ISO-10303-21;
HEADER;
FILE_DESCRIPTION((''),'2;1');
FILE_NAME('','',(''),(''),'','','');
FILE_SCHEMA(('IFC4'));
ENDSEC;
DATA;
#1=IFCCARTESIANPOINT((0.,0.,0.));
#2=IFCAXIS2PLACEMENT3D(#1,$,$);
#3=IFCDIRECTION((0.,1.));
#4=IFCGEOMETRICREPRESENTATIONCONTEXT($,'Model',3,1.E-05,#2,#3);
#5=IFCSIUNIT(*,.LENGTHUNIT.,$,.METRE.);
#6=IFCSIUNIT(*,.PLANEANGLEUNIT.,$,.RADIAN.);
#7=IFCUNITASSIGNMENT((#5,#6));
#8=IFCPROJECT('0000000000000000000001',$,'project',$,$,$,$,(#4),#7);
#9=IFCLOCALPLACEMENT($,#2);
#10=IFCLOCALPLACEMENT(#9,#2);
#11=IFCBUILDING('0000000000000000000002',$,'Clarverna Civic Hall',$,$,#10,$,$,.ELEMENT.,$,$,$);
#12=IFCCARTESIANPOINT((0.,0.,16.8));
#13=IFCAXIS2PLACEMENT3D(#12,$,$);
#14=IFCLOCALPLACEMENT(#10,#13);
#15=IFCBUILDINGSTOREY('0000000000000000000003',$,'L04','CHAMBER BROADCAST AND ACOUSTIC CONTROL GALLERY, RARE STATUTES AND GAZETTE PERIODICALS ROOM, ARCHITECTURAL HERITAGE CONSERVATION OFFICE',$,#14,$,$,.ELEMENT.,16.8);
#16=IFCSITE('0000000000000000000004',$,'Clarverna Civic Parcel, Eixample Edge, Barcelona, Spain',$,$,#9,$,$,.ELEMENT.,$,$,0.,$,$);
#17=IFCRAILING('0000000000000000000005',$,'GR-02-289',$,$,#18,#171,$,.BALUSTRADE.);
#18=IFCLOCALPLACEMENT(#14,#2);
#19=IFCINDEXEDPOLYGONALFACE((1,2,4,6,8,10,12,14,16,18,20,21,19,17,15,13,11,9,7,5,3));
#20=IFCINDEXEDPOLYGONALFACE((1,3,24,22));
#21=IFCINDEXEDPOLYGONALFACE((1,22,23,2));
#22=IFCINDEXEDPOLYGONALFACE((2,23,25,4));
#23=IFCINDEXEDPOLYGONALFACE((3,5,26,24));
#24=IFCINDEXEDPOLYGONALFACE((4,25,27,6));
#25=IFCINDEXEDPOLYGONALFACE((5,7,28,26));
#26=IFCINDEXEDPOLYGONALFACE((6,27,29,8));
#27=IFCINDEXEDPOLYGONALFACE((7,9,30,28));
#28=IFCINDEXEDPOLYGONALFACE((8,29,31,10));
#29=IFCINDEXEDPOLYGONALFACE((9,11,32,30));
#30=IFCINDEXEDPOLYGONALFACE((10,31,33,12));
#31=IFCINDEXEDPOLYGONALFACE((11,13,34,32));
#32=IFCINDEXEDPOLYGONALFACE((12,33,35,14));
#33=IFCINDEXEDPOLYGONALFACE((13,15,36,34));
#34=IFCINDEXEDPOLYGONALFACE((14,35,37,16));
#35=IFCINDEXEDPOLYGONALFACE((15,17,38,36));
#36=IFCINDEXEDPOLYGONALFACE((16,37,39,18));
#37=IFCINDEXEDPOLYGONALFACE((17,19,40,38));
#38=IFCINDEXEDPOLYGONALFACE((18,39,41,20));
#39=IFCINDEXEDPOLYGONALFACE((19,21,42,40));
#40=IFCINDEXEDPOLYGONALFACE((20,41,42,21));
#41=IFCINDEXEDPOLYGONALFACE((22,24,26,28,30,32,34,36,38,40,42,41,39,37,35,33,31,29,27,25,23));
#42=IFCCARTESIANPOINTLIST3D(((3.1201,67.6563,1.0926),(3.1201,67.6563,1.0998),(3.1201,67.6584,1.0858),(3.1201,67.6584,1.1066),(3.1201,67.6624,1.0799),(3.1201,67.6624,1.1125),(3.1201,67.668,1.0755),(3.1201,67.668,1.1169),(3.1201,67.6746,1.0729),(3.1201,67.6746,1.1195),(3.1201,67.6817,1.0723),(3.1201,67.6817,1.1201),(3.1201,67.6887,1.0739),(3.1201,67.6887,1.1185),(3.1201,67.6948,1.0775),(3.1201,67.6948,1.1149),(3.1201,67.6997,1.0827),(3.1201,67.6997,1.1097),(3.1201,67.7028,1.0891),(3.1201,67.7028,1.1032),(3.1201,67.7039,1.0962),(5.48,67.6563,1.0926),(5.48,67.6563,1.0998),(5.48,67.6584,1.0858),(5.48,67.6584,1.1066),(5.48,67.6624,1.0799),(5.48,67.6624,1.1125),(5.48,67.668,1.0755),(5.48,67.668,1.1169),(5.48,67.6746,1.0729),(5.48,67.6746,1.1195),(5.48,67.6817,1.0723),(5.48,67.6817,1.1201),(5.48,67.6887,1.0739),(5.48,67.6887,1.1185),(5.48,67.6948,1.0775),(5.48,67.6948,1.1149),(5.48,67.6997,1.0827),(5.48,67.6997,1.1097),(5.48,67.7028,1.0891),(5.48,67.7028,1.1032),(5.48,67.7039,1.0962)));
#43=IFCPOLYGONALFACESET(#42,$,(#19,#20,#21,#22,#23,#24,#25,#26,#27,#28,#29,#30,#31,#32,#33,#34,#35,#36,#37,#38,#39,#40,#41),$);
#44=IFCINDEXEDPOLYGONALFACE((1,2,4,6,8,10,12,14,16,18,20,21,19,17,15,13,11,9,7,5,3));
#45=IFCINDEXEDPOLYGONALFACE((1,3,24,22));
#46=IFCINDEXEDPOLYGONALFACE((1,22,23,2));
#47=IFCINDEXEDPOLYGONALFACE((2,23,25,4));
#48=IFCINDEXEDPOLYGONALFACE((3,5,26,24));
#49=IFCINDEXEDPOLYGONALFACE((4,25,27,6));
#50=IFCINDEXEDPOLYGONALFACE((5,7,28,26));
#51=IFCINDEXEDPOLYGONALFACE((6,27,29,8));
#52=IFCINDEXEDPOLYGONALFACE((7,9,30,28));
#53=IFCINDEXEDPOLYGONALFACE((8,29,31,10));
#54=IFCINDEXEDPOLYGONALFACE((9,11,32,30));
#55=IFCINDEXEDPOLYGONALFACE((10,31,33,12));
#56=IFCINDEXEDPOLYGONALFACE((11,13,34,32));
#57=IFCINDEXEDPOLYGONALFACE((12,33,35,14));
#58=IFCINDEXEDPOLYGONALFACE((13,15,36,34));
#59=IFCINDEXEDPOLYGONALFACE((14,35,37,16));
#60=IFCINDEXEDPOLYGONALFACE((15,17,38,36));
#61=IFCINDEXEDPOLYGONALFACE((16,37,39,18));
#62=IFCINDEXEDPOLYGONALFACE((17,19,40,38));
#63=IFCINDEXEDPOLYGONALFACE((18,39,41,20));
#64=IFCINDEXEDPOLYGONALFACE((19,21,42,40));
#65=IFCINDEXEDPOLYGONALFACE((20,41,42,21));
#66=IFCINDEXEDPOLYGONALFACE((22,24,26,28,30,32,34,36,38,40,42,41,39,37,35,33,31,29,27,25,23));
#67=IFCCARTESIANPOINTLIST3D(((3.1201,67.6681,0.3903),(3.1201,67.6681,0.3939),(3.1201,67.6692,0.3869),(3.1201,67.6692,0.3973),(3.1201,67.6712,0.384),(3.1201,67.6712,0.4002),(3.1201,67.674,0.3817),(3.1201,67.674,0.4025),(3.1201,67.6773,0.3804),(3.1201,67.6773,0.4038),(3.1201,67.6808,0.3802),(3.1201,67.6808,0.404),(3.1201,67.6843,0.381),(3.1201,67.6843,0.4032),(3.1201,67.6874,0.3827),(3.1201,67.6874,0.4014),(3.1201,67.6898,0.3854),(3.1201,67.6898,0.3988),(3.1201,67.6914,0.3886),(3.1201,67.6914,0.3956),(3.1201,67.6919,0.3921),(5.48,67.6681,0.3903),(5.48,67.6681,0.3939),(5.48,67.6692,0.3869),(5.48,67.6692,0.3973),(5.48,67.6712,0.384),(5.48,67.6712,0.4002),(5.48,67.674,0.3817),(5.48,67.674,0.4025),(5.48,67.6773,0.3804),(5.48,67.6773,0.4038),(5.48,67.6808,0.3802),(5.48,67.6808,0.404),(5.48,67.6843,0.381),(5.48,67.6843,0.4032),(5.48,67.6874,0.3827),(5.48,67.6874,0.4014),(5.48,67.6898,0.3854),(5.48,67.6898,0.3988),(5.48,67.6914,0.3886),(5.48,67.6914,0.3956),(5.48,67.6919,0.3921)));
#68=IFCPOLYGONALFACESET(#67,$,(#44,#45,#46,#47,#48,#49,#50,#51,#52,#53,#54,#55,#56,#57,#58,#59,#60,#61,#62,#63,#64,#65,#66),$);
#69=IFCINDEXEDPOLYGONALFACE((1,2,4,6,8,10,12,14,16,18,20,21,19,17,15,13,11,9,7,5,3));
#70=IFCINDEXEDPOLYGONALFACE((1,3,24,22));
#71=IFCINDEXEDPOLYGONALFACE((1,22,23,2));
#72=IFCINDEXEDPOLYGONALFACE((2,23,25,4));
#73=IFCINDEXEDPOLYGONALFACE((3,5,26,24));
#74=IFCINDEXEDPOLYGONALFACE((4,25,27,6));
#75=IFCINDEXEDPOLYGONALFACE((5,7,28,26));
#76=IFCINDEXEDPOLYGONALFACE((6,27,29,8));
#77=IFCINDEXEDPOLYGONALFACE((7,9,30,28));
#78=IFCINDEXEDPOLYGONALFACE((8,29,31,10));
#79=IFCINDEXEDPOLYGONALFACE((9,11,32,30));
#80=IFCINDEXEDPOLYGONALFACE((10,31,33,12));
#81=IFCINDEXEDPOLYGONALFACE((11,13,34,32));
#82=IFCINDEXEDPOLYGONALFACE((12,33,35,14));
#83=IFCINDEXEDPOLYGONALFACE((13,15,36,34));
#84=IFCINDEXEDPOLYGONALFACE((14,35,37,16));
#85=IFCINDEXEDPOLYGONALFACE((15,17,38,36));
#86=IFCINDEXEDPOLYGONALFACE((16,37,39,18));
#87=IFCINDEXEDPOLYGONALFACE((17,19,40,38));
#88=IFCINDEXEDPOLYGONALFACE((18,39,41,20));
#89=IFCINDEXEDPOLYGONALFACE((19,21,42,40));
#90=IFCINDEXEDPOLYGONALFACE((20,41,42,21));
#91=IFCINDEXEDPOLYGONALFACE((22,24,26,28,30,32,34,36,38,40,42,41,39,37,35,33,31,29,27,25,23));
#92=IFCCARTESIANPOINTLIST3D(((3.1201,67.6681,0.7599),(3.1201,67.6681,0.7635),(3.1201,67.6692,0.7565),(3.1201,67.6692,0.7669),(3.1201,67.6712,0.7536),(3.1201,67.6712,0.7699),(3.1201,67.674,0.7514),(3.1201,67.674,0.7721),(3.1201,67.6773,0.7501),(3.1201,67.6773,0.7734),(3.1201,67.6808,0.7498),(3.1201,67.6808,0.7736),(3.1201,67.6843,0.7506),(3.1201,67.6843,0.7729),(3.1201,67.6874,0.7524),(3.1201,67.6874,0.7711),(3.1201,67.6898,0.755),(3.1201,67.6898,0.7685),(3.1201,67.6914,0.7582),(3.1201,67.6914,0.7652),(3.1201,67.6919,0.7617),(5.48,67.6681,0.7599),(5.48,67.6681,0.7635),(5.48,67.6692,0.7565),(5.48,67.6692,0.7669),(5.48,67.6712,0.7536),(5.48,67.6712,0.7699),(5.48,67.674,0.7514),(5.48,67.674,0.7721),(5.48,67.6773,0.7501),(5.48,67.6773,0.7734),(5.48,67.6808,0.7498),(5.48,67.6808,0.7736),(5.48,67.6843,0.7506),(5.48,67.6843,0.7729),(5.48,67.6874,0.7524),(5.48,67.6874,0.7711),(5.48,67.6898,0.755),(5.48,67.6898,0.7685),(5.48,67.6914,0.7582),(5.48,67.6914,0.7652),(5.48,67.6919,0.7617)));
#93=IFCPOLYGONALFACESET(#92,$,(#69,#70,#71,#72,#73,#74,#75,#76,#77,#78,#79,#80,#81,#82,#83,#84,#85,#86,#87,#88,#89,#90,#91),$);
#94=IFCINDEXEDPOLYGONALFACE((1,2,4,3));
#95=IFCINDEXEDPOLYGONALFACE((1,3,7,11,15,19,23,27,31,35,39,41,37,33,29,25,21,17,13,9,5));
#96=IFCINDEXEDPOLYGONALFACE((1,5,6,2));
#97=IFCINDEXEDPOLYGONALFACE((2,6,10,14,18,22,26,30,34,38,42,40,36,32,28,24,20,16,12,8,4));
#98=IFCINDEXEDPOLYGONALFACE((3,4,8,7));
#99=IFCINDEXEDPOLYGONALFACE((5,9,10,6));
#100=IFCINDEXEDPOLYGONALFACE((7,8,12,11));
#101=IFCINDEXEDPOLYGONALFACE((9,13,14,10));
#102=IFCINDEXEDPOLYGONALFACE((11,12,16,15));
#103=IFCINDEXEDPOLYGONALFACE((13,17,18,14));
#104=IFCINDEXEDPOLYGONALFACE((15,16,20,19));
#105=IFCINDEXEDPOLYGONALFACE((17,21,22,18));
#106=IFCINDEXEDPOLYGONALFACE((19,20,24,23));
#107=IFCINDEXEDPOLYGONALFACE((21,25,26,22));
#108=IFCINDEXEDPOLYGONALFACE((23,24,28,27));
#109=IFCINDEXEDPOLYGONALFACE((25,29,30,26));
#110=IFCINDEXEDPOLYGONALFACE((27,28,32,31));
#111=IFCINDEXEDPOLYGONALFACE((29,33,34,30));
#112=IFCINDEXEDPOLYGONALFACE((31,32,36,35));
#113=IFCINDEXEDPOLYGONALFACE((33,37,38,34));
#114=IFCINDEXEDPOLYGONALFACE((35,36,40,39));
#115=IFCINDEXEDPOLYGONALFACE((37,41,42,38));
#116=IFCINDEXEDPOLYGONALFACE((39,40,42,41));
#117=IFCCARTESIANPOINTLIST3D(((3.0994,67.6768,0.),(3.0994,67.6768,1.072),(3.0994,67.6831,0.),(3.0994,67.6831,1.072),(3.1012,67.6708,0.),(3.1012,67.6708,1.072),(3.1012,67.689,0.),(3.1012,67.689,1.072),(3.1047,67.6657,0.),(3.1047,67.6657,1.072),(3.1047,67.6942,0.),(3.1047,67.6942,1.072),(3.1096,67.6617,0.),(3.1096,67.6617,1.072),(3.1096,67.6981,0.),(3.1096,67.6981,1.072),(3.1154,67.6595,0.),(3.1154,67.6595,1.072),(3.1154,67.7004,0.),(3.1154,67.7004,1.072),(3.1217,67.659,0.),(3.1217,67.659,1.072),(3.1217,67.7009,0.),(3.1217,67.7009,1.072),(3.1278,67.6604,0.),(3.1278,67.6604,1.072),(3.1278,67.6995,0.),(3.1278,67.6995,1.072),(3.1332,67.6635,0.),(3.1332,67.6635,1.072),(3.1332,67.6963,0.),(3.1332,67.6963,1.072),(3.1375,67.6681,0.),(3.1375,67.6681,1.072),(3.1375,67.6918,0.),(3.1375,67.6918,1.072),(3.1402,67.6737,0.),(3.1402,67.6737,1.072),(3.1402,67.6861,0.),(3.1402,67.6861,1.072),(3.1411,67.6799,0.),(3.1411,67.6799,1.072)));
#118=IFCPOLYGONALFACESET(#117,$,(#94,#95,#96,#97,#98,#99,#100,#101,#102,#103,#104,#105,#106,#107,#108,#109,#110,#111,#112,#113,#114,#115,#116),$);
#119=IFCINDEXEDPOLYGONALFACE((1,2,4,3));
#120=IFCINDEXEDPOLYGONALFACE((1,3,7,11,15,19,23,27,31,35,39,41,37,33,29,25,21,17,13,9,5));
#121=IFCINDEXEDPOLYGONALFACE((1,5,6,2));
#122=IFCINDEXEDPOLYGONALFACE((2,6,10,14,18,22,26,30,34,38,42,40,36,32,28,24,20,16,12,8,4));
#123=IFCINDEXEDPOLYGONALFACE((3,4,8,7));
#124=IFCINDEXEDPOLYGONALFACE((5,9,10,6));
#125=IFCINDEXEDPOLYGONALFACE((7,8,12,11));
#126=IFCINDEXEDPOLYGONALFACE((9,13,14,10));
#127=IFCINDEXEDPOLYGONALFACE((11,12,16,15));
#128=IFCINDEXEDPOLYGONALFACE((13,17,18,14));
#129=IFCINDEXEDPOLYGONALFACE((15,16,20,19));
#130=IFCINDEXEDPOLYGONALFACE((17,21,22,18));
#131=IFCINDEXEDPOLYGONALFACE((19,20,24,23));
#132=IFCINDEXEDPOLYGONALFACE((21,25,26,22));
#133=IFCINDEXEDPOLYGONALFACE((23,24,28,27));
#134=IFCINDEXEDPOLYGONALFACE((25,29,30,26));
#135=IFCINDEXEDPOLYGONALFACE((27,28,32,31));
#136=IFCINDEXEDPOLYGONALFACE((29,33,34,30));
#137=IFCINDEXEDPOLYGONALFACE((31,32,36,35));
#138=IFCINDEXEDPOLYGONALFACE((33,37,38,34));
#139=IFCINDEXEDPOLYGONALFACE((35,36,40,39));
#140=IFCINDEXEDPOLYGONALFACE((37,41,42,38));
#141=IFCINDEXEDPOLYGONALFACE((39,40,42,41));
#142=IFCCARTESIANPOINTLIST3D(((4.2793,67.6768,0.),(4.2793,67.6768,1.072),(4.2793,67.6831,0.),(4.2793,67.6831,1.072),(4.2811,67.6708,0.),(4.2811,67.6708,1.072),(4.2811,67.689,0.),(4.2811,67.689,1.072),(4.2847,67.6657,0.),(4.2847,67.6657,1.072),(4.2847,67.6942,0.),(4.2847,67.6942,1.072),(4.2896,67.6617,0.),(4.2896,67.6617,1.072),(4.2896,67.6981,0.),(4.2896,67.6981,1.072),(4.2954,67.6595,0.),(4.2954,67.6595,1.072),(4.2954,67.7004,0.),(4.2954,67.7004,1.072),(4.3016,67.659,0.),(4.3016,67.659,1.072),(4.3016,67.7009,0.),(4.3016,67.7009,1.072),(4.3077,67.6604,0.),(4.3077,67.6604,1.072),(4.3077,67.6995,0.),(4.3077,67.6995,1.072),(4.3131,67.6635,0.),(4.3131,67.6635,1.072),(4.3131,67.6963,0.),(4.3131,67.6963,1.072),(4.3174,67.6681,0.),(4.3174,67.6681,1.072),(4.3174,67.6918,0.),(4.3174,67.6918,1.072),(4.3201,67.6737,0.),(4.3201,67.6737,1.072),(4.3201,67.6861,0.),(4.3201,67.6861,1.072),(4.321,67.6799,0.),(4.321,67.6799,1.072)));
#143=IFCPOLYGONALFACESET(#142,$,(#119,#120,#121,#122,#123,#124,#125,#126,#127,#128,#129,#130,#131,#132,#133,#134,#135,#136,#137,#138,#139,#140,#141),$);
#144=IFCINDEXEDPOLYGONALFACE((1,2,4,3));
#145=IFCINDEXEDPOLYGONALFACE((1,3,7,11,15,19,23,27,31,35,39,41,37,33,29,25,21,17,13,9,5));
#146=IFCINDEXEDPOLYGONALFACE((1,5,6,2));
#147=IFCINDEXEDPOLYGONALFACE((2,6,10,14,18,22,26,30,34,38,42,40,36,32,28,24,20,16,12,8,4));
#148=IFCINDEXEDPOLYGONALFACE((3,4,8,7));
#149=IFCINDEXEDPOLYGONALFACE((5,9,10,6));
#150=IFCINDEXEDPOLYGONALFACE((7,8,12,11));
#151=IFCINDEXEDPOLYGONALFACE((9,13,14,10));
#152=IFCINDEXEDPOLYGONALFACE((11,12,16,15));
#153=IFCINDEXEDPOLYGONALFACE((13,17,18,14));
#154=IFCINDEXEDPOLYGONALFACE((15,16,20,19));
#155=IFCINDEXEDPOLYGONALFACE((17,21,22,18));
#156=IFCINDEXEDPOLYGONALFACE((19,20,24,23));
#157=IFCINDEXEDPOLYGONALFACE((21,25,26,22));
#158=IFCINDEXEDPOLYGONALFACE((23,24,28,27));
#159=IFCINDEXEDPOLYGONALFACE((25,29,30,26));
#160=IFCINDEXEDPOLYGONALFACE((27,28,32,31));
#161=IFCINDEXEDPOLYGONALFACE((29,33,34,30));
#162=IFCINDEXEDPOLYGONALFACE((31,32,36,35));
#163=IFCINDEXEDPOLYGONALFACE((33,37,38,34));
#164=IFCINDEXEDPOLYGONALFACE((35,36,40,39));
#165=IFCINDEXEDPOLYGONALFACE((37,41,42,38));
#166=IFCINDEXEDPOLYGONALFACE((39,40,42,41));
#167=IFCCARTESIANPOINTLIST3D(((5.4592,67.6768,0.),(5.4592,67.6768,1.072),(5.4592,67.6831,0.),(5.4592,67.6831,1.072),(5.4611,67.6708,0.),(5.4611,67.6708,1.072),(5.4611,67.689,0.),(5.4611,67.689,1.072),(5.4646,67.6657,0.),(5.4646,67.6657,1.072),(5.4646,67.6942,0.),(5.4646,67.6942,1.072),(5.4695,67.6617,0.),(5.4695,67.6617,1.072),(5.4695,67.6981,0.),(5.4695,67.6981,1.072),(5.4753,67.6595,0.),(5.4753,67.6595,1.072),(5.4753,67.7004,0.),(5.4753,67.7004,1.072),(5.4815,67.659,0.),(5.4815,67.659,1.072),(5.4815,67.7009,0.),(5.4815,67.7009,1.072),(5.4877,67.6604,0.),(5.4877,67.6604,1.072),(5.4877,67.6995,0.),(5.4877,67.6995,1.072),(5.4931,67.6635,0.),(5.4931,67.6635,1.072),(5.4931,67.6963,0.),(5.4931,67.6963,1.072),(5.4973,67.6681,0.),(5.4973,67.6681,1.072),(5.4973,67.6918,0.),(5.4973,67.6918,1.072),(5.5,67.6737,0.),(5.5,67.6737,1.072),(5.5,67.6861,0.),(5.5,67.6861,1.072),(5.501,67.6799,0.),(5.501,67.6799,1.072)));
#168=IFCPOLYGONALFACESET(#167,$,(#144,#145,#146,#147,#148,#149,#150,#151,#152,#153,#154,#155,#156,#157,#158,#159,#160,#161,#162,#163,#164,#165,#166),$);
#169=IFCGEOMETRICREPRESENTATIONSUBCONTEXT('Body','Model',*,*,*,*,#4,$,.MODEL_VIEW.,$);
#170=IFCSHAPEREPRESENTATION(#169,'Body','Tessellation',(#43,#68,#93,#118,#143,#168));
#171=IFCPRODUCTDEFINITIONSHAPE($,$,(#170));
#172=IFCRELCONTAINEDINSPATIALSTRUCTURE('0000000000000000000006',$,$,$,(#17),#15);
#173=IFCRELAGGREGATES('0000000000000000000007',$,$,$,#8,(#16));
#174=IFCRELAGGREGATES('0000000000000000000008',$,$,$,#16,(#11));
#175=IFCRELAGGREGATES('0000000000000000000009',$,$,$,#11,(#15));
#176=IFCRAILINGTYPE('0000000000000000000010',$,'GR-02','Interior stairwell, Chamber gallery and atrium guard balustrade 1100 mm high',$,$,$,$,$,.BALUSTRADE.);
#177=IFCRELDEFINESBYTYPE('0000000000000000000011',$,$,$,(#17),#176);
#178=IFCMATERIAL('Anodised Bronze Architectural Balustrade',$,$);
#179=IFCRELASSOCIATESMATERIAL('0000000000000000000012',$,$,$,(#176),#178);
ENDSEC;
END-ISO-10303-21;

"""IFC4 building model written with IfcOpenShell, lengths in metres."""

from ifc_helpers import new_model, si_unit, direction, frame, origin, origin_2d, place, context, subcontext, project, spatial, circle, extrude, material, type_object, element, save


model = new_model("IFC4")

# Units and contexts
model_context = context("Model", 3, precision=1e-05, world=origin(), true_north=direction((0.0, 1.0)))
body_context = subcontext(model_context, "Body", "Model", "MODEL_VIEW")
ifc_project = project(units=[si_unit("LENGTHUNIT", "METRE"), si_unit("PLANEANGLEUNIT", "RADIAN")], contexts=[model_context])

# Site, building, storey
site_placement = place(None, origin())
site = spatial("IfcSite", under=ifc_project, at=site_placement, Name="Clarverna Civic Parcel, Eixample Edge, Barcelona, Spain", CompositionType="ELEMENT", RefElevation=0.0)
building_placement = place(site_placement, origin())
building = spatial("IfcBuilding", under=site, at=building_placement, Name="Clarverna Civic Hall", CompositionType="ELEMENT")
storey_placement = place(building_placement, frame((0.0, 0.0, 16.8)))
storey = spatial("IfcBuildingStorey", under=building, at=storey_placement, Name="L04", Description="CHAMBER BROADCAST AND ACOUSTIC CONTROL GALLERY, RARE STATUTES AND GAZETTE PERIODICALS ROOM, ARCHITECTURAL HERITAGE CONSERVATION OFFICE", CompositionType="ELEMENT", Elevation=16.8)

# Railing
ifc_material_1 = material(Name="Anodised Bronze Architectural Balustrade")
railing_type = type_object("IfcRailingType", Name="GR-02", Description="Interior stairwell, Chamber gallery and atrium guard balustrade 1100 mm high", PredefinedType="BALUSTRADE", material=ifc_material_1)
railing_1_placement = place(storey_placement, frame((3.1201, 67.6799, 0.0)))
element("IfcRailing", 1, at=railing_1_placement, inside=storey, type_object=railing_type, Name="GR-02-289", PredefinedType="BALUSTRADE", context=body_context, shape_type="SweptSolid", body=[
    extrude(circle(Radius=0.0239, at=origin_2d()), frame((0.0, 0.0, 1.0962), z_axis=(1.0, 0.0, 0.0), x_axis=(0.0, 1.0, 0.0)), (0.0, 0.0, 1.0), 2.3599),
    extrude(circle(Radius=0.012, at=origin_2d()), frame((0.0, 0.0, 0.3921), z_axis=(1.0, 0.0, 0.0), x_axis=(0.0, 1.0, 0.0)), (0.0, 0.0, 1.0), 2.3599),
    extrude(circle(Radius=0.012, at=origin_2d()), frame((0.0, 0.0, 0.7617), z_axis=(1.0, 0.0, 0.0), x_axis=(0.0, 1.0, 0.0)), (0.0, 0.0, 1.0), 2.3599),
    extrude(circle(Radius=0.021, at=origin_2d()), origin(), (0.0, 0.0, 1.0), 1.072),
    extrude(circle(Radius=0.021, at=origin_2d()), frame((1.1799, 0.0, 0.0)), (0.0, 0.0, 1.0), 1.072),
    extrude(circle(Radius=0.021, at=origin_2d()), frame((2.3599, 0.0, 0.0)), (0.0, 0.0, 1.0), 1.072),
])

save(model, "model.ifc")
